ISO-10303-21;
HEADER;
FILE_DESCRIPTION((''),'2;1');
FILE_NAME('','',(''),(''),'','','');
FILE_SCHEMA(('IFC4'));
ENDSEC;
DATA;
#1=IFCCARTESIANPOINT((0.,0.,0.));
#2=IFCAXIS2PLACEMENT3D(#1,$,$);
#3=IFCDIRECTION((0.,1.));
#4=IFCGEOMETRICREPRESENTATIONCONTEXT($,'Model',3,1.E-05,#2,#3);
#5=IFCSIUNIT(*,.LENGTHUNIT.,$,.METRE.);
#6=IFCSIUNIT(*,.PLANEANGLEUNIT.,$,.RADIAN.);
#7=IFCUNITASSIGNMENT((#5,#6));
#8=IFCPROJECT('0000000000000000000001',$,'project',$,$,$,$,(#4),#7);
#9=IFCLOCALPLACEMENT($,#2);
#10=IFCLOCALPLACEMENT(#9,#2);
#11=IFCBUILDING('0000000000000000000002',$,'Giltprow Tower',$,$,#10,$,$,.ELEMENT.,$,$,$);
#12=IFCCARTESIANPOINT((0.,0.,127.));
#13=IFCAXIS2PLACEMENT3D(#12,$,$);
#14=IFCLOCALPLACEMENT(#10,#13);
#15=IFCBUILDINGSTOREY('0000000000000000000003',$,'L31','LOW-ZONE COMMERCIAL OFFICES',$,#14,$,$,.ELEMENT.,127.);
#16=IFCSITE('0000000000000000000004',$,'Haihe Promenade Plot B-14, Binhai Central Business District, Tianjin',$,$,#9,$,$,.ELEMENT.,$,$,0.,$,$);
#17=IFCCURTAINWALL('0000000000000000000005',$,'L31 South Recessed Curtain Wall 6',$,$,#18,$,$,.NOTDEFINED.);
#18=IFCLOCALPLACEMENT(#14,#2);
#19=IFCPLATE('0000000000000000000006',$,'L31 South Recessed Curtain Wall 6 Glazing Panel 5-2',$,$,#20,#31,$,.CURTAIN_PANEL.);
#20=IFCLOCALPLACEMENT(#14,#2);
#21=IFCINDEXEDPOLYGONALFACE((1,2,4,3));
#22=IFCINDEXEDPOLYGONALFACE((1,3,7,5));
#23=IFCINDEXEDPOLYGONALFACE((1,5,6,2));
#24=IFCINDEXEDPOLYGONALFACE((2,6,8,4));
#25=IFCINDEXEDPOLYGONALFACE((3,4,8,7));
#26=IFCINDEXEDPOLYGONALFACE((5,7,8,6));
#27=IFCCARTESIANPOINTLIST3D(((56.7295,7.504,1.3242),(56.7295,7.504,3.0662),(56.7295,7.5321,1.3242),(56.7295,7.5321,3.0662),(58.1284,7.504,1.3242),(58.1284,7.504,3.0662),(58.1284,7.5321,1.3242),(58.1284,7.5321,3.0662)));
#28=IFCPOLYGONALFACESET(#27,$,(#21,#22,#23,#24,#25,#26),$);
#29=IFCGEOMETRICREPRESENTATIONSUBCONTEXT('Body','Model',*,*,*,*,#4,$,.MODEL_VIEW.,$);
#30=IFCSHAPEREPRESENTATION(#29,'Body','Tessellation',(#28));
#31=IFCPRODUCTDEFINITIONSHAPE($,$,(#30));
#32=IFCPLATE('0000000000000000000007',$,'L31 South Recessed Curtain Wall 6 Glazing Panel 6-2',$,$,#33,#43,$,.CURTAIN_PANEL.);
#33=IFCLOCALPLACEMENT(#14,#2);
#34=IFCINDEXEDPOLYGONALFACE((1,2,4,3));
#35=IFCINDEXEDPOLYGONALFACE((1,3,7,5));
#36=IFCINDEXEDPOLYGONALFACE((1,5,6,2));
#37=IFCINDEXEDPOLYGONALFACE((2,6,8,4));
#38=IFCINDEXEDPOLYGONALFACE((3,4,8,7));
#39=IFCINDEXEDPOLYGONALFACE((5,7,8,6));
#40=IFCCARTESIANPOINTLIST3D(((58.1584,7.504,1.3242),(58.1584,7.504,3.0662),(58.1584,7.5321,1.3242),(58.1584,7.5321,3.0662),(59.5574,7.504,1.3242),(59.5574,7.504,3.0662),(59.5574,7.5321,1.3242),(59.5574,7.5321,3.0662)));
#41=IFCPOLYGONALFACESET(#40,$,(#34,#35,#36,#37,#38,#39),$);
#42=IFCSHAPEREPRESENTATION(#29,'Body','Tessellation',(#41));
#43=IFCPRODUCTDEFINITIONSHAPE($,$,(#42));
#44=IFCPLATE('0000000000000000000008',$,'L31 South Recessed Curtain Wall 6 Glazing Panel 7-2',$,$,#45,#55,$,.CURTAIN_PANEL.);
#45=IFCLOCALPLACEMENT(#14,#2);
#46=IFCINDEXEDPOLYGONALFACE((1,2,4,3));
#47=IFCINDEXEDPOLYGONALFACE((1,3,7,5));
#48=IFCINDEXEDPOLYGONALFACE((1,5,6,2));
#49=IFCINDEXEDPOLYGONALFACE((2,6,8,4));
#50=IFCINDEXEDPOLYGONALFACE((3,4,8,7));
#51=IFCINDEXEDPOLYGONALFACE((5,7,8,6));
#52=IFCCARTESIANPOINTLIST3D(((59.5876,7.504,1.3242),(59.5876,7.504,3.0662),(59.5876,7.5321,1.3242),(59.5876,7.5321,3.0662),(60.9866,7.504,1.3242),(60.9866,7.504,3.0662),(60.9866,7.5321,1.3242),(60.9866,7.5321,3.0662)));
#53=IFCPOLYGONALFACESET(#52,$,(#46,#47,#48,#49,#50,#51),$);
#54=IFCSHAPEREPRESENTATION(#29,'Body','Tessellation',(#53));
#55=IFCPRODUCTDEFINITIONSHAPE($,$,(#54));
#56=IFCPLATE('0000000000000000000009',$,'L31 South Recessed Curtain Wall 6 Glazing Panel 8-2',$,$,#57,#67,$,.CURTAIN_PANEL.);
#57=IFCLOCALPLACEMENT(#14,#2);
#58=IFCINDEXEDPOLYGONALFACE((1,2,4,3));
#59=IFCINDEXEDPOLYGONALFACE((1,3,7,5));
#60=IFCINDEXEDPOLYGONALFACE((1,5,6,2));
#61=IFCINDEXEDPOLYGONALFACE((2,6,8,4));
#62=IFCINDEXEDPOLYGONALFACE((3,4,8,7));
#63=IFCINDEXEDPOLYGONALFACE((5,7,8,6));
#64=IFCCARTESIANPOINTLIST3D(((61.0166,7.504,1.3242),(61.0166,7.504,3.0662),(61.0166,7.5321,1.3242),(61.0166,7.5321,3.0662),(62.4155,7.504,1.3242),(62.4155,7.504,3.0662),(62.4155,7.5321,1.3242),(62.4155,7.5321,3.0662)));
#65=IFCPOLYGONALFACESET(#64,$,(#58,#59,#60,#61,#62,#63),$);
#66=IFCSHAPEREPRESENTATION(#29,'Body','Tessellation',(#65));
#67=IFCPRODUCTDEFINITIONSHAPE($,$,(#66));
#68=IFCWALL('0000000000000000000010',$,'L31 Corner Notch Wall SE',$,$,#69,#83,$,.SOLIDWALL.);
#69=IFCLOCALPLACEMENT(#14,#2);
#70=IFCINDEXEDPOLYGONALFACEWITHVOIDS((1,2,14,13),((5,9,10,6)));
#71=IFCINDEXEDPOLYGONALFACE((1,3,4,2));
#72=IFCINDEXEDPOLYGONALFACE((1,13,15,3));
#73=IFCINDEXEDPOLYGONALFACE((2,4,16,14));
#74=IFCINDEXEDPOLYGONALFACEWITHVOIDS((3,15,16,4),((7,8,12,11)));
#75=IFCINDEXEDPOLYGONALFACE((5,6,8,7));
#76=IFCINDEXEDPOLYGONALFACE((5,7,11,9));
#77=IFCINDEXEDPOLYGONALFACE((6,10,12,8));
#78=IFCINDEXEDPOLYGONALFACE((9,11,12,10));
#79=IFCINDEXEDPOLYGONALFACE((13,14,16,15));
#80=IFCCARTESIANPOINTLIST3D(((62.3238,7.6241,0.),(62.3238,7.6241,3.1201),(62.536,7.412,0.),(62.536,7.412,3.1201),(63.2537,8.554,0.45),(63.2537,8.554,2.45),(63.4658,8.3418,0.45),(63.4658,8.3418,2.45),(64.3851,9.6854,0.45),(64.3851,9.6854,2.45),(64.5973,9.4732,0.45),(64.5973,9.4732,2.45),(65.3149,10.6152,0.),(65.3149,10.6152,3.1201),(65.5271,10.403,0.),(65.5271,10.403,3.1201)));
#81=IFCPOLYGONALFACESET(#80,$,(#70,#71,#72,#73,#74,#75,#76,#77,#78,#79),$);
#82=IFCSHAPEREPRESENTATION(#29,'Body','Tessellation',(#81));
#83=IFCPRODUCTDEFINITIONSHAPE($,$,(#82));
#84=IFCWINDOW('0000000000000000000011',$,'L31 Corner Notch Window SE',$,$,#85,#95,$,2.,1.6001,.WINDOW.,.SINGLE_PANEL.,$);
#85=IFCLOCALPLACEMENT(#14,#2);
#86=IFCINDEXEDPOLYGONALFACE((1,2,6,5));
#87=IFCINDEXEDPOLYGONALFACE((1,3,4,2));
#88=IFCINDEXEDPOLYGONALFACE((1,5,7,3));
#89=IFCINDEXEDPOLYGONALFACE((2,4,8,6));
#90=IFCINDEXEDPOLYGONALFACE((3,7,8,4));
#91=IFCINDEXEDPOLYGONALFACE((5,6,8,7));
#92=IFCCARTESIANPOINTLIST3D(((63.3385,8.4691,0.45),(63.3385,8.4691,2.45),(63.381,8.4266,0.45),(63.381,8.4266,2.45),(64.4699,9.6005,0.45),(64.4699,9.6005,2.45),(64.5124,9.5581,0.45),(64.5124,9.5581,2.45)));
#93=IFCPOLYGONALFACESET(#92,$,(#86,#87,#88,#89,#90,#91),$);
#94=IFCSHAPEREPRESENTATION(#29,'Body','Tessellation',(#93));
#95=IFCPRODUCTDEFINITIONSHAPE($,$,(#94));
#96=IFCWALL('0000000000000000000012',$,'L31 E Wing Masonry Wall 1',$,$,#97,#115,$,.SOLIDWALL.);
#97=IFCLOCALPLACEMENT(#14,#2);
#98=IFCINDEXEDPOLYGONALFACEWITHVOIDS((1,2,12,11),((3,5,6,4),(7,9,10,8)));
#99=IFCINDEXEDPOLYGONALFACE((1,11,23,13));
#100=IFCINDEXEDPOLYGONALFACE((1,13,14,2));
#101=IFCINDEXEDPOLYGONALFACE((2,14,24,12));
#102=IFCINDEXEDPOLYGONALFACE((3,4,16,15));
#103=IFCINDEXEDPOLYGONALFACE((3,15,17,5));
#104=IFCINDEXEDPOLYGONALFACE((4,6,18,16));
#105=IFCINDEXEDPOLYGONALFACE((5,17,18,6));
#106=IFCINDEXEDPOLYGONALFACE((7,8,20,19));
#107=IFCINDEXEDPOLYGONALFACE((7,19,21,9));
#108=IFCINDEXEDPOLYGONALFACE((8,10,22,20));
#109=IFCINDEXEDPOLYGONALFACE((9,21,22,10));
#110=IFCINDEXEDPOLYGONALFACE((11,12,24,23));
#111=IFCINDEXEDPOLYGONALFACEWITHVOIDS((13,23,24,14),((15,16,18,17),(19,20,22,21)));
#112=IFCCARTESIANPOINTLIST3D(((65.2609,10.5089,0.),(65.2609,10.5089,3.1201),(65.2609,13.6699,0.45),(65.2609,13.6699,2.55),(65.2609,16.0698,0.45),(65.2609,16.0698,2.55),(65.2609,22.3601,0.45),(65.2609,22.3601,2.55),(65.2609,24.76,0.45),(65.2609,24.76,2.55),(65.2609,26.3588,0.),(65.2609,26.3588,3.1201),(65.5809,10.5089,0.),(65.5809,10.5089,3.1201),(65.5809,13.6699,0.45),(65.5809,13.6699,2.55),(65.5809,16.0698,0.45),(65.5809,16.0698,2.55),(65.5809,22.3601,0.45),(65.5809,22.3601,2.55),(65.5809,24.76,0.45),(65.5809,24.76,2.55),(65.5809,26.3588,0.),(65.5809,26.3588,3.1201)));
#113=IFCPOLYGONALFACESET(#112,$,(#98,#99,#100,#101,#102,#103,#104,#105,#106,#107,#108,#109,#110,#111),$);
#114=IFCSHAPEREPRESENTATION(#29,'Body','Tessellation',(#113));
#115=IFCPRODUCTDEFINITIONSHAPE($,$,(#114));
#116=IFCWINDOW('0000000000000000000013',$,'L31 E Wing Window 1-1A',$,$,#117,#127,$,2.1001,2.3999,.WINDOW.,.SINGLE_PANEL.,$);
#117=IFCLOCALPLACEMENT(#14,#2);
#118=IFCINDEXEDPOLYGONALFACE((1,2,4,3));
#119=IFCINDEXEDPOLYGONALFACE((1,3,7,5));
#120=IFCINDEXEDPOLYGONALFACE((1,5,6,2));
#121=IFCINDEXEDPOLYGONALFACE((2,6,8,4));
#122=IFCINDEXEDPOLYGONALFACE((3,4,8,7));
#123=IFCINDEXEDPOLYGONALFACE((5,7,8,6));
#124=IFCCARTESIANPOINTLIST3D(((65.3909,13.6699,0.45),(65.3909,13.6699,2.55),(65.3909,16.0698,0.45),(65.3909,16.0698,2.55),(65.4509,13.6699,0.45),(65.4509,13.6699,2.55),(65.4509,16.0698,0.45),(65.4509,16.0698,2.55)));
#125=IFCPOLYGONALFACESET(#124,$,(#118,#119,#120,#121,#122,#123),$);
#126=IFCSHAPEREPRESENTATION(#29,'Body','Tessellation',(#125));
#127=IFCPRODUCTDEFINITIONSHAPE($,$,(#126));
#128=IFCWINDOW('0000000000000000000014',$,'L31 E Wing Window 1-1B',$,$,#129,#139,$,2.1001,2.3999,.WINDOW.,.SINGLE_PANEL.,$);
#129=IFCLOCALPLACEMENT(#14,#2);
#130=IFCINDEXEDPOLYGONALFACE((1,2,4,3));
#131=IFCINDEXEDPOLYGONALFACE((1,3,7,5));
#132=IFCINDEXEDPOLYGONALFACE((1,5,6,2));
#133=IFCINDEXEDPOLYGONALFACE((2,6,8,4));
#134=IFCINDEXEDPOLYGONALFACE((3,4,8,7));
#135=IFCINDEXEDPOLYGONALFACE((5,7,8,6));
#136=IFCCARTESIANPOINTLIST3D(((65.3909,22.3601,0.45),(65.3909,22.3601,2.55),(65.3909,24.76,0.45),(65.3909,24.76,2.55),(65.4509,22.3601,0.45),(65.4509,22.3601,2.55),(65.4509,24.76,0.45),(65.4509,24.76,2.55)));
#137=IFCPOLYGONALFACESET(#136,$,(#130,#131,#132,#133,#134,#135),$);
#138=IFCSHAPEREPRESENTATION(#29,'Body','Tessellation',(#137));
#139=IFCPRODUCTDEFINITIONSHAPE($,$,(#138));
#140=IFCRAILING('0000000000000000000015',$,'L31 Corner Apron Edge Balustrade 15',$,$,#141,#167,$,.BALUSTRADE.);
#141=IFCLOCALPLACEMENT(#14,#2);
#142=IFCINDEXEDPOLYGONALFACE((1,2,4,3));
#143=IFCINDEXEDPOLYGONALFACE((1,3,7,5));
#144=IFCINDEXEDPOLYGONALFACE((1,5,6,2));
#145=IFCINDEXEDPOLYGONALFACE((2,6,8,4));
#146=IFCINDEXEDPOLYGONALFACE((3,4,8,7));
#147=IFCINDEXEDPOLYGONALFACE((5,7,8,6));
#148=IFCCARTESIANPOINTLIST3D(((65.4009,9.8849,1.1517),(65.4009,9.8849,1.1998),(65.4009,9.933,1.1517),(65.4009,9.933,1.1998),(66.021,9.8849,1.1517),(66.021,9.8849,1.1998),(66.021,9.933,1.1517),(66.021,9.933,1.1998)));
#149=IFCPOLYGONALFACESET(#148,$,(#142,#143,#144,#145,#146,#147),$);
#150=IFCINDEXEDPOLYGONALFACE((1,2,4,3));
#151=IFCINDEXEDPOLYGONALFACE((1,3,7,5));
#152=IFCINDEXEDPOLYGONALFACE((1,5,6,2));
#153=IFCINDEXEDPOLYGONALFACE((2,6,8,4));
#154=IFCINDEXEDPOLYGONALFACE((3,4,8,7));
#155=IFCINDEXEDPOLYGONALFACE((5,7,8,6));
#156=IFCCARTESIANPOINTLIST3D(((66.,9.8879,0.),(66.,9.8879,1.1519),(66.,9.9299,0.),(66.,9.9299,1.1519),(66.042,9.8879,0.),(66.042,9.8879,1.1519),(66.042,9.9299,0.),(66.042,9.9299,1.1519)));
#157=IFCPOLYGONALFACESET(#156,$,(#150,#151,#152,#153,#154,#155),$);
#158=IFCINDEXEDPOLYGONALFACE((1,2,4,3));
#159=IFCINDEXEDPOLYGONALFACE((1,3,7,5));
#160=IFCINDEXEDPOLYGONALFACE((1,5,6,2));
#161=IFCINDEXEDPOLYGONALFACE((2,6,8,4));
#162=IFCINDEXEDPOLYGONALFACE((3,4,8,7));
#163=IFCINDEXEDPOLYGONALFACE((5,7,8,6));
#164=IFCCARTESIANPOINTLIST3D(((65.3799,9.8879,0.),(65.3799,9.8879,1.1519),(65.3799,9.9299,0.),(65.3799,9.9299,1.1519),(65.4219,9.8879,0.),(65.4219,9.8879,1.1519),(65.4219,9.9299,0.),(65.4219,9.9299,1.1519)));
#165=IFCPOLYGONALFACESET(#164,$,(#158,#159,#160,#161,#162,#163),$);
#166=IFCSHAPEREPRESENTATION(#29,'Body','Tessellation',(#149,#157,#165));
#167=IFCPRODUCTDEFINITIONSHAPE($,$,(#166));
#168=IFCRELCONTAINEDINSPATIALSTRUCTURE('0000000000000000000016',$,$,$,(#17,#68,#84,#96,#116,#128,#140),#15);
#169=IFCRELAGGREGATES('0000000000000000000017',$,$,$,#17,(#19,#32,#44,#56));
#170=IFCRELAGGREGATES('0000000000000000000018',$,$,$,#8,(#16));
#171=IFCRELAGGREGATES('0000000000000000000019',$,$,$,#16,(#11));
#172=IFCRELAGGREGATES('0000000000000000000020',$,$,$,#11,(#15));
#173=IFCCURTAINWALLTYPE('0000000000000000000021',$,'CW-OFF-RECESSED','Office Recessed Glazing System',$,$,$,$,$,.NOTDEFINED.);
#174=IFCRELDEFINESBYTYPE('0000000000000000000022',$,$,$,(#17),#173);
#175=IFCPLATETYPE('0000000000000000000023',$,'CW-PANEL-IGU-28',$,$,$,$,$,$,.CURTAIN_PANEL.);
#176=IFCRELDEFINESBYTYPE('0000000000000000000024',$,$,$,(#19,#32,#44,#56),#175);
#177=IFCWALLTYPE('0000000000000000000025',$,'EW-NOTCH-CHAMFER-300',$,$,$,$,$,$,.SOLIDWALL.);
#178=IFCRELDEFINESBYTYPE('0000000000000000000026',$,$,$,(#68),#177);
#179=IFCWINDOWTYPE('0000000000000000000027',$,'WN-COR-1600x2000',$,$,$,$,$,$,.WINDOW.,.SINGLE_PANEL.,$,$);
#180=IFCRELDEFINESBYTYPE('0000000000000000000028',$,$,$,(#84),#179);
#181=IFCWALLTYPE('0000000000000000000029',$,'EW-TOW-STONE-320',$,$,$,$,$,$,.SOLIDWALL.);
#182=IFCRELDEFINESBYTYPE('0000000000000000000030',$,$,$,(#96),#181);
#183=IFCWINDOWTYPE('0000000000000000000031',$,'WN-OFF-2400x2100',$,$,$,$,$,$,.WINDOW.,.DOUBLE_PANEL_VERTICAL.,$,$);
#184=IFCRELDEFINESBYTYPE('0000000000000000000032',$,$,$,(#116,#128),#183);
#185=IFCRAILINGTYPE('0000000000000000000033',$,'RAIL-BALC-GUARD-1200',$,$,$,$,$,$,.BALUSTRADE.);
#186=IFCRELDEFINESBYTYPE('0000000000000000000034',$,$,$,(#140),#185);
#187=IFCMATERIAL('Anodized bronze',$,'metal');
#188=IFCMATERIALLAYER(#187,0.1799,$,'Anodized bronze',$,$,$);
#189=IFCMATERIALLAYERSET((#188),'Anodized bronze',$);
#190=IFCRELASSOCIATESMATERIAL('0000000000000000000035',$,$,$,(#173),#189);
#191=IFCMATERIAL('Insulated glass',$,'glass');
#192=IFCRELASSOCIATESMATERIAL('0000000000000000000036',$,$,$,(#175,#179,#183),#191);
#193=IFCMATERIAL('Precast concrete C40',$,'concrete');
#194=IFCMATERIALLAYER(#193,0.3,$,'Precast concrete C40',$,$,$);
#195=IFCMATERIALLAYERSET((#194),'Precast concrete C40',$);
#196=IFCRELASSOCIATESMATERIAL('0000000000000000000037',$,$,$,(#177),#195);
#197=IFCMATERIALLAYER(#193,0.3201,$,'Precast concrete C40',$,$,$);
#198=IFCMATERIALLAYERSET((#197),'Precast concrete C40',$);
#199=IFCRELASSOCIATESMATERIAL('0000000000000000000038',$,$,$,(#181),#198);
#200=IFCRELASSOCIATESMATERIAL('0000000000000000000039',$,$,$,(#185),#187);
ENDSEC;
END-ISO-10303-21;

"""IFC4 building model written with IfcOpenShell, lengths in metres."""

from ifc_helpers import new_model, si_unit, direction, frame, frame_2d, origin, origin_2d, place, context, subcontext, project, spatial, rectangle, extrude, source, transform, mapped, material, layer, layer_set, type_object, element, fill, aggregate, save


model = new_model("IFC4")

# Units and contexts
model_context = context("Model", 3, precision=1e-05, world=origin(), true_north=direction((0.0, 1.0)))
body_context = subcontext(model_context, "Body", "Model", "MODEL_VIEW")
ifc_project = project(units=[si_unit("LENGTHUNIT", "METRE"), si_unit("PLANEANGLEUNIT", "RADIAN")], contexts=[model_context])

# Site, building, storey
site_placement = place(None, origin())
site = spatial("IfcSite", under=ifc_project, at=site_placement, Name="Haihe Promenade Plot B-14, Binhai Central Business District, Tianjin", CompositionType="ELEMENT", RefElevation=0.0)
building_placement = place(site_placement, origin())
building = spatial("IfcBuilding", under=site, at=building_placement, Name="Giltprow Tower", CompositionType="ELEMENT")
storey_placement = place(building_placement, frame((0.0, 0.0, 127.0)))
storey = spatial("IfcBuildingStorey", under=building, at=storey_placement, Name="L31", Description="LOW-ZONE COMMERCIAL OFFICES", CompositionType="ELEMENT", Elevation=127.0)

# Curtain wall, plates
ifc_material_1 = material(Name="Anodized bronze", Category="metal")
ifc_layer_1 = layer(ifc_material_1, 0.1799, Name="Anodized bronze")
ifc_layer_set_1 = layer_set([ifc_layer_1], Name="Anodized bronze")
curtain_wall_type = type_object("IfcCurtainWallType", Name="CW-OFF-RECESSED", Description="Office Recessed Glazing System", PredefinedType="NOTDEFINED", material=ifc_layer_set_1)
curtain_wall_placement = place(storey_placement, origin())
curtain_wall = element("IfcCurtainWall", 1, at=curtain_wall_placement, inside=storey, type_object=curtain_wall_type, Name="L31 South Recessed Curtain Wall 6", PredefinedType="NOTDEFINED")
ifc_material_2 = material(Name="Insulated glass", Category="glass")
plate_type = type_object("IfcPlateType", Name="CW-PANEL-IGU-28", PredefinedType="CURTAIN_PANEL", material=ifc_material_2)
shared_shape_1 = source(origin(), body_context, "Body", "SweptSolid", [
    extrude(rectangle(XDim=1.3989, YDim=0.0281, at=origin_2d()), origin(), (0.0, 0.0, 1.0), 1.7419),
])
plate_1_placement = place(storey_placement, frame((57.429, 7.5181, 1.3242), z_axis=(0.0, 0.0, 1.0), x_axis=(1.0, 0.0, 0.0)))
plate_1 = element("IfcPlate", 2, at=plate_1_placement, type_object=plate_type, Name="L31 South Recessed Curtain Wall 6 Glazing Panel 5-2", PredefinedType="CURTAIN_PANEL", context=body_context, shape_type="MappedRepresentation", body=[
    mapped(shared_shape_1, transform((0.0, 0.0, 0.0), x_axis=(1.0, 0.0, 0.0), y_axis=(0.0, 1.0, 0.0), z_axis=(0.0, 0.0, 1.0), scale=1.0)),
])
plate_2_placement = place(storey_placement, frame((58.8579, 7.5181, 1.3242), z_axis=(0.0, 0.0, 1.0), x_axis=(1.0, 0.0, 0.0)))
plate_2 = element("IfcPlate", 3, at=plate_2_placement, type_object=plate_type, Name="L31 South Recessed Curtain Wall 6 Glazing Panel 6-2", PredefinedType="CURTAIN_PANEL", context=body_context, shape_type="MappedRepresentation", body=[
    mapped(shared_shape_1, transform((0.0, 0.0, 0.0), x_axis=(1.0, 0.0, 0.0), y_axis=(0.0, 1.0, 0.0), z_axis=(0.0, 0.0, 1.0), scale=1.0)),
])
plate_3_placement = place(storey_placement, frame((60.2871, 7.5181, 1.3242), z_axis=(0.0, 0.0, 1.0), x_axis=(1.0, 0.0, 0.0)))
plate_3 = element("IfcPlate", 4, at=plate_3_placement, type_object=plate_type, Name="L31 South Recessed Curtain Wall 6 Glazing Panel 7-2", PredefinedType="CURTAIN_PANEL", context=body_context, shape_type="MappedRepresentation", body=[
    mapped(shared_shape_1, transform((0.0, 0.0, 0.0), x_axis=(1.0, 0.0, 0.0), y_axis=(0.0, 1.0, 0.0), z_axis=(0.0, 0.0, 1.0), scale=1.0)),
])
plate_4_placement = place(storey_placement, frame((61.7161, 7.5181, 1.3242), z_axis=(0.0, 0.0, 1.0), x_axis=(1.0, 0.0, 0.0)))
plate_4 = element("IfcPlate", 5, at=plate_4_placement, type_object=plate_type, Name="L31 South Recessed Curtain Wall 6 Glazing Panel 8-2", PredefinedType="CURTAIN_PANEL", context=body_context, shape_type="MappedRepresentation", body=[
    mapped(shared_shape_1, transform((0.0, 0.0, 0.0), x_axis=(1.0, 0.0, 0.0), y_axis=(0.0, 1.0, 0.0), z_axis=(0.0, 0.0, 1.0), scale=1.0)),
])
aggregate(curtain_wall, [plate_1, plate_2, plate_3, plate_4])

# Wall, opening, window
ifc_material_3 = material(Name="Precast concrete C40", Category="concrete")
ifc_layer_2 = layer(ifc_material_3, 0.3, Name="Precast concrete C40")
ifc_layer_set_2 = layer_set([ifc_layer_2], Name="Precast concrete C40")
wall_type_1 = type_object("IfcWallType", Name="EW-NOTCH-CHAMFER-300", PredefinedType="SOLIDWALL", material=ifc_layer_set_2)
wall_1_placement = place(storey_placement, frame((62.4299, 7.5181, 0.0), z_axis=(0.0, 0.0, 1.0), x_axis=(0.707107, 0.707107, 0.0)))
wall_1 = element("IfcWall", 6, at=wall_1_placement, inside=storey, type_object=wall_type_1, Name="L31 Corner Notch Wall SE", PredefinedType="SOLIDWALL", context=body_context, shape_type="SweptSolid", body=[
    extrude(rectangle(XDim=4.23, YDim=0.3, at=frame_2d((2.115, 0.0))), origin(), (0.0, 0.0, 1.0), 3.1201),
])
opening_1_placement = place(wall_1_placement, frame((1.3149, 0.0, 0.45)))
opening_1 = element("IfcOpeningElement", 7, at=opening_1_placement, cuts=wall_1, PredefinedType="OPENING", context=body_context, shape_type="SweptSolid", body=[
    extrude(rectangle(XDim=1.6001, YDim=2.0, at=frame_2d((0.8, 1.0))), frame((0.0, 0.1599, 0.0), z_axis=(0.0, -1.0, 0.0), x_axis=(1.0, 0.0, 0.0)), (0.0, 0.0, 1.0), 0.3201),
])
window_type_1 = type_object("IfcWindowType", Name="WN-COR-1600x2000", PartitioningType="SINGLE_PANEL", PredefinedType="WINDOW", material=ifc_material_2)
shared_shape_2 = source(origin(), body_context, "Body", "SweptSolid", [
    extrude(rectangle(XDim=1.6001, YDim=2.0, at=frame_2d((0.8, 1.0))), frame((0.0, 0.03, 0.0), z_axis=(0.0, -1.0, 0.0), x_axis=(1.0, 0.0, 0.0)), (0.0, 0.0, 1.0), 0.0601),
])
window_1_placement = place(opening_1_placement, origin())
window_1 = element("IfcWindow", 8, at=window_1_placement, inside=storey, type_object=window_type_1, Name="L31 Corner Notch Window SE", OverallHeight=2.0, OverallWidth=1.6001, PartitioningType="SINGLE_PANEL", PredefinedType="WINDOW", context=body_context, shape_type="MappedRepresentation", body=[
    mapped(shared_shape_2, transform((0.0, 0.0, 0.0), x_axis=(1.0, 0.0, 0.0), y_axis=(0.0, 1.0, 0.0), z_axis=(0.0, 0.0, 1.0), scale=1.0)),
])
fill(opening_1, window_1)

# Wall, openings, windows
ifc_layer_3 = layer(ifc_material_3, 0.3201, Name="Precast concrete C40")
ifc_layer_set_3 = layer_set([ifc_layer_3], Name="Precast concrete C40")
wall_type_2 = type_object("IfcWallType", Name="EW-TOW-STONE-320", PredefinedType="SOLIDWALL", material=ifc_layer_set_3)
wall_2_placement = place(storey_placement, frame((65.4209, 10.509, 0.0), z_axis=(0.0, 0.0, 1.0), x_axis=(0.0, 1.0, 0.0)))
wall_2 = element("IfcWall", 9, at=wall_2_placement, inside=storey, type_object=wall_type_2, Name="L31 E Wing Masonry Wall 1", PredefinedType="SOLIDWALL", context=body_context, shape_type="SweptSolid", body=[
    extrude(rectangle(XDim=15.8499, YDim=0.3201, at=frame_2d((7.9248, 0.0))), origin(), (0.0, 0.0, 1.0), 3.1201),
])
opening_2_placement = place(wall_2_placement, frame((3.1609, 0.0, 0.45)))
opening_2 = element("IfcOpeningElement", 10, at=opening_2_placement, cuts=wall_2, PredefinedType="OPENING", context=body_context, shape_type="SweptSolid", body=[
    extrude(rectangle(XDim=2.3999, YDim=2.1001, at=frame_2d((1.2, 1.05))), frame((0.0, 0.1699, 0.0), z_axis=(0.0, -1.0, 0.0), x_axis=(1.0, 0.0, 0.0)), (0.0, 0.0, 1.0), 0.3401),
])
opening_3_placement = place(wall_2_placement, frame((11.8511, 0.0, 0.45)))
opening_3 = element("IfcOpeningElement", 11, at=opening_3_placement, cuts=wall_2, PredefinedType="OPENING", context=body_context, shape_type="SweptSolid", body=[
    extrude(rectangle(XDim=2.3999, YDim=2.1001, at=frame_2d((1.2, 1.05))), frame((0.0, 0.1699, 0.0), z_axis=(0.0, -1.0, 0.0), x_axis=(1.0, 0.0, 0.0)), (0.0, 0.0, 1.0), 0.3401),
])
window_type_2 = type_object("IfcWindowType", Name="WN-OFF-2400x2100", PartitioningType="DOUBLE_PANEL_VERTICAL", PredefinedType="WINDOW", material=ifc_material_2)
shared_shape_3 = source(origin(), body_context, "Body", "SweptSolid", [
    extrude(rectangle(XDim=2.3999, YDim=2.1001, at=frame_2d((1.2, 1.05))), frame((0.0, 0.03, 0.0), z_axis=(0.0, -1.0, 0.0), x_axis=(1.0, 0.0, 0.0)), (0.0, 0.0, 1.0), 0.0601),
])
window_2_placement = place(opening_2_placement, origin())
window_2 = element("IfcWindow", 12, at=window_2_placement, inside=storey, type_object=window_type_2, Name="L31 E Wing Window 1-1A", OverallHeight=2.1001, OverallWidth=2.3999, PartitioningType="SINGLE_PANEL", PredefinedType="WINDOW", context=body_context, shape_type="MappedRepresentation", body=[
    mapped(shared_shape_3, transform((0.0, 0.0, 0.0), x_axis=(1.0, 0.0, 0.0), y_axis=(0.0, 1.0, 0.0), z_axis=(0.0, 0.0, 1.0), scale=1.0)),
])
fill(opening_2, window_2)
window_3_placement = place(opening_3_placement, origin())
window_3 = element("IfcWindow", 13, at=window_3_placement, inside=storey, type_object=window_type_2, Name="L31 E Wing Window 1-1B", OverallHeight=2.1001, OverallWidth=2.3999, PartitioningType="SINGLE_PANEL", PredefinedType="WINDOW", context=body_context, shape_type="MappedRepresentation", body=[
    mapped(shared_shape_3, transform((0.0, 0.0, 0.0), x_axis=(1.0, 0.0, 0.0), y_axis=(0.0, 1.0, 0.0), z_axis=(0.0, 0.0, 1.0), scale=1.0)),
])
fill(opening_3, window_3)

# Railing
railing_type = type_object("IfcRailingType", Name="RAIL-BALC-GUARD-1200", PredefinedType="BALUSTRADE", material=ifc_material_1)
railing_1_placement = place(storey_placement, frame((66.021, 9.9089, 0.0)))
element("IfcRailing", 14, at=railing_1_placement, inside=storey, type_object=railing_type, Name="L31 Corner Apron Edge Balustrade 15", PredefinedType="BALUSTRADE", context=body_context, shape_type="SweptSolid", body=[
    extrude(rectangle(XDim=0.0481, YDim=0.0481, at=origin_2d()), frame((0.0, 0.0, 1.1758), z_axis=(-1.0, 0.0, 0.0), x_axis=(0.0, -1.0, 0.0)), (0.0, 0.0, 1.0), 0.6201),
    extrude(rectangle(XDim=0.042, YDim=0.042, at=origin_2d()), origin(), (0.0, 0.0, 1.0), 1.1519),
    extrude(rectangle(XDim=0.042, YDim=0.042, at=origin_2d()), frame((-0.6201, 0.0, 0.0)), (0.0, 0.0, 1.0), 1.1519),
])

save(model, "model.ifc")
